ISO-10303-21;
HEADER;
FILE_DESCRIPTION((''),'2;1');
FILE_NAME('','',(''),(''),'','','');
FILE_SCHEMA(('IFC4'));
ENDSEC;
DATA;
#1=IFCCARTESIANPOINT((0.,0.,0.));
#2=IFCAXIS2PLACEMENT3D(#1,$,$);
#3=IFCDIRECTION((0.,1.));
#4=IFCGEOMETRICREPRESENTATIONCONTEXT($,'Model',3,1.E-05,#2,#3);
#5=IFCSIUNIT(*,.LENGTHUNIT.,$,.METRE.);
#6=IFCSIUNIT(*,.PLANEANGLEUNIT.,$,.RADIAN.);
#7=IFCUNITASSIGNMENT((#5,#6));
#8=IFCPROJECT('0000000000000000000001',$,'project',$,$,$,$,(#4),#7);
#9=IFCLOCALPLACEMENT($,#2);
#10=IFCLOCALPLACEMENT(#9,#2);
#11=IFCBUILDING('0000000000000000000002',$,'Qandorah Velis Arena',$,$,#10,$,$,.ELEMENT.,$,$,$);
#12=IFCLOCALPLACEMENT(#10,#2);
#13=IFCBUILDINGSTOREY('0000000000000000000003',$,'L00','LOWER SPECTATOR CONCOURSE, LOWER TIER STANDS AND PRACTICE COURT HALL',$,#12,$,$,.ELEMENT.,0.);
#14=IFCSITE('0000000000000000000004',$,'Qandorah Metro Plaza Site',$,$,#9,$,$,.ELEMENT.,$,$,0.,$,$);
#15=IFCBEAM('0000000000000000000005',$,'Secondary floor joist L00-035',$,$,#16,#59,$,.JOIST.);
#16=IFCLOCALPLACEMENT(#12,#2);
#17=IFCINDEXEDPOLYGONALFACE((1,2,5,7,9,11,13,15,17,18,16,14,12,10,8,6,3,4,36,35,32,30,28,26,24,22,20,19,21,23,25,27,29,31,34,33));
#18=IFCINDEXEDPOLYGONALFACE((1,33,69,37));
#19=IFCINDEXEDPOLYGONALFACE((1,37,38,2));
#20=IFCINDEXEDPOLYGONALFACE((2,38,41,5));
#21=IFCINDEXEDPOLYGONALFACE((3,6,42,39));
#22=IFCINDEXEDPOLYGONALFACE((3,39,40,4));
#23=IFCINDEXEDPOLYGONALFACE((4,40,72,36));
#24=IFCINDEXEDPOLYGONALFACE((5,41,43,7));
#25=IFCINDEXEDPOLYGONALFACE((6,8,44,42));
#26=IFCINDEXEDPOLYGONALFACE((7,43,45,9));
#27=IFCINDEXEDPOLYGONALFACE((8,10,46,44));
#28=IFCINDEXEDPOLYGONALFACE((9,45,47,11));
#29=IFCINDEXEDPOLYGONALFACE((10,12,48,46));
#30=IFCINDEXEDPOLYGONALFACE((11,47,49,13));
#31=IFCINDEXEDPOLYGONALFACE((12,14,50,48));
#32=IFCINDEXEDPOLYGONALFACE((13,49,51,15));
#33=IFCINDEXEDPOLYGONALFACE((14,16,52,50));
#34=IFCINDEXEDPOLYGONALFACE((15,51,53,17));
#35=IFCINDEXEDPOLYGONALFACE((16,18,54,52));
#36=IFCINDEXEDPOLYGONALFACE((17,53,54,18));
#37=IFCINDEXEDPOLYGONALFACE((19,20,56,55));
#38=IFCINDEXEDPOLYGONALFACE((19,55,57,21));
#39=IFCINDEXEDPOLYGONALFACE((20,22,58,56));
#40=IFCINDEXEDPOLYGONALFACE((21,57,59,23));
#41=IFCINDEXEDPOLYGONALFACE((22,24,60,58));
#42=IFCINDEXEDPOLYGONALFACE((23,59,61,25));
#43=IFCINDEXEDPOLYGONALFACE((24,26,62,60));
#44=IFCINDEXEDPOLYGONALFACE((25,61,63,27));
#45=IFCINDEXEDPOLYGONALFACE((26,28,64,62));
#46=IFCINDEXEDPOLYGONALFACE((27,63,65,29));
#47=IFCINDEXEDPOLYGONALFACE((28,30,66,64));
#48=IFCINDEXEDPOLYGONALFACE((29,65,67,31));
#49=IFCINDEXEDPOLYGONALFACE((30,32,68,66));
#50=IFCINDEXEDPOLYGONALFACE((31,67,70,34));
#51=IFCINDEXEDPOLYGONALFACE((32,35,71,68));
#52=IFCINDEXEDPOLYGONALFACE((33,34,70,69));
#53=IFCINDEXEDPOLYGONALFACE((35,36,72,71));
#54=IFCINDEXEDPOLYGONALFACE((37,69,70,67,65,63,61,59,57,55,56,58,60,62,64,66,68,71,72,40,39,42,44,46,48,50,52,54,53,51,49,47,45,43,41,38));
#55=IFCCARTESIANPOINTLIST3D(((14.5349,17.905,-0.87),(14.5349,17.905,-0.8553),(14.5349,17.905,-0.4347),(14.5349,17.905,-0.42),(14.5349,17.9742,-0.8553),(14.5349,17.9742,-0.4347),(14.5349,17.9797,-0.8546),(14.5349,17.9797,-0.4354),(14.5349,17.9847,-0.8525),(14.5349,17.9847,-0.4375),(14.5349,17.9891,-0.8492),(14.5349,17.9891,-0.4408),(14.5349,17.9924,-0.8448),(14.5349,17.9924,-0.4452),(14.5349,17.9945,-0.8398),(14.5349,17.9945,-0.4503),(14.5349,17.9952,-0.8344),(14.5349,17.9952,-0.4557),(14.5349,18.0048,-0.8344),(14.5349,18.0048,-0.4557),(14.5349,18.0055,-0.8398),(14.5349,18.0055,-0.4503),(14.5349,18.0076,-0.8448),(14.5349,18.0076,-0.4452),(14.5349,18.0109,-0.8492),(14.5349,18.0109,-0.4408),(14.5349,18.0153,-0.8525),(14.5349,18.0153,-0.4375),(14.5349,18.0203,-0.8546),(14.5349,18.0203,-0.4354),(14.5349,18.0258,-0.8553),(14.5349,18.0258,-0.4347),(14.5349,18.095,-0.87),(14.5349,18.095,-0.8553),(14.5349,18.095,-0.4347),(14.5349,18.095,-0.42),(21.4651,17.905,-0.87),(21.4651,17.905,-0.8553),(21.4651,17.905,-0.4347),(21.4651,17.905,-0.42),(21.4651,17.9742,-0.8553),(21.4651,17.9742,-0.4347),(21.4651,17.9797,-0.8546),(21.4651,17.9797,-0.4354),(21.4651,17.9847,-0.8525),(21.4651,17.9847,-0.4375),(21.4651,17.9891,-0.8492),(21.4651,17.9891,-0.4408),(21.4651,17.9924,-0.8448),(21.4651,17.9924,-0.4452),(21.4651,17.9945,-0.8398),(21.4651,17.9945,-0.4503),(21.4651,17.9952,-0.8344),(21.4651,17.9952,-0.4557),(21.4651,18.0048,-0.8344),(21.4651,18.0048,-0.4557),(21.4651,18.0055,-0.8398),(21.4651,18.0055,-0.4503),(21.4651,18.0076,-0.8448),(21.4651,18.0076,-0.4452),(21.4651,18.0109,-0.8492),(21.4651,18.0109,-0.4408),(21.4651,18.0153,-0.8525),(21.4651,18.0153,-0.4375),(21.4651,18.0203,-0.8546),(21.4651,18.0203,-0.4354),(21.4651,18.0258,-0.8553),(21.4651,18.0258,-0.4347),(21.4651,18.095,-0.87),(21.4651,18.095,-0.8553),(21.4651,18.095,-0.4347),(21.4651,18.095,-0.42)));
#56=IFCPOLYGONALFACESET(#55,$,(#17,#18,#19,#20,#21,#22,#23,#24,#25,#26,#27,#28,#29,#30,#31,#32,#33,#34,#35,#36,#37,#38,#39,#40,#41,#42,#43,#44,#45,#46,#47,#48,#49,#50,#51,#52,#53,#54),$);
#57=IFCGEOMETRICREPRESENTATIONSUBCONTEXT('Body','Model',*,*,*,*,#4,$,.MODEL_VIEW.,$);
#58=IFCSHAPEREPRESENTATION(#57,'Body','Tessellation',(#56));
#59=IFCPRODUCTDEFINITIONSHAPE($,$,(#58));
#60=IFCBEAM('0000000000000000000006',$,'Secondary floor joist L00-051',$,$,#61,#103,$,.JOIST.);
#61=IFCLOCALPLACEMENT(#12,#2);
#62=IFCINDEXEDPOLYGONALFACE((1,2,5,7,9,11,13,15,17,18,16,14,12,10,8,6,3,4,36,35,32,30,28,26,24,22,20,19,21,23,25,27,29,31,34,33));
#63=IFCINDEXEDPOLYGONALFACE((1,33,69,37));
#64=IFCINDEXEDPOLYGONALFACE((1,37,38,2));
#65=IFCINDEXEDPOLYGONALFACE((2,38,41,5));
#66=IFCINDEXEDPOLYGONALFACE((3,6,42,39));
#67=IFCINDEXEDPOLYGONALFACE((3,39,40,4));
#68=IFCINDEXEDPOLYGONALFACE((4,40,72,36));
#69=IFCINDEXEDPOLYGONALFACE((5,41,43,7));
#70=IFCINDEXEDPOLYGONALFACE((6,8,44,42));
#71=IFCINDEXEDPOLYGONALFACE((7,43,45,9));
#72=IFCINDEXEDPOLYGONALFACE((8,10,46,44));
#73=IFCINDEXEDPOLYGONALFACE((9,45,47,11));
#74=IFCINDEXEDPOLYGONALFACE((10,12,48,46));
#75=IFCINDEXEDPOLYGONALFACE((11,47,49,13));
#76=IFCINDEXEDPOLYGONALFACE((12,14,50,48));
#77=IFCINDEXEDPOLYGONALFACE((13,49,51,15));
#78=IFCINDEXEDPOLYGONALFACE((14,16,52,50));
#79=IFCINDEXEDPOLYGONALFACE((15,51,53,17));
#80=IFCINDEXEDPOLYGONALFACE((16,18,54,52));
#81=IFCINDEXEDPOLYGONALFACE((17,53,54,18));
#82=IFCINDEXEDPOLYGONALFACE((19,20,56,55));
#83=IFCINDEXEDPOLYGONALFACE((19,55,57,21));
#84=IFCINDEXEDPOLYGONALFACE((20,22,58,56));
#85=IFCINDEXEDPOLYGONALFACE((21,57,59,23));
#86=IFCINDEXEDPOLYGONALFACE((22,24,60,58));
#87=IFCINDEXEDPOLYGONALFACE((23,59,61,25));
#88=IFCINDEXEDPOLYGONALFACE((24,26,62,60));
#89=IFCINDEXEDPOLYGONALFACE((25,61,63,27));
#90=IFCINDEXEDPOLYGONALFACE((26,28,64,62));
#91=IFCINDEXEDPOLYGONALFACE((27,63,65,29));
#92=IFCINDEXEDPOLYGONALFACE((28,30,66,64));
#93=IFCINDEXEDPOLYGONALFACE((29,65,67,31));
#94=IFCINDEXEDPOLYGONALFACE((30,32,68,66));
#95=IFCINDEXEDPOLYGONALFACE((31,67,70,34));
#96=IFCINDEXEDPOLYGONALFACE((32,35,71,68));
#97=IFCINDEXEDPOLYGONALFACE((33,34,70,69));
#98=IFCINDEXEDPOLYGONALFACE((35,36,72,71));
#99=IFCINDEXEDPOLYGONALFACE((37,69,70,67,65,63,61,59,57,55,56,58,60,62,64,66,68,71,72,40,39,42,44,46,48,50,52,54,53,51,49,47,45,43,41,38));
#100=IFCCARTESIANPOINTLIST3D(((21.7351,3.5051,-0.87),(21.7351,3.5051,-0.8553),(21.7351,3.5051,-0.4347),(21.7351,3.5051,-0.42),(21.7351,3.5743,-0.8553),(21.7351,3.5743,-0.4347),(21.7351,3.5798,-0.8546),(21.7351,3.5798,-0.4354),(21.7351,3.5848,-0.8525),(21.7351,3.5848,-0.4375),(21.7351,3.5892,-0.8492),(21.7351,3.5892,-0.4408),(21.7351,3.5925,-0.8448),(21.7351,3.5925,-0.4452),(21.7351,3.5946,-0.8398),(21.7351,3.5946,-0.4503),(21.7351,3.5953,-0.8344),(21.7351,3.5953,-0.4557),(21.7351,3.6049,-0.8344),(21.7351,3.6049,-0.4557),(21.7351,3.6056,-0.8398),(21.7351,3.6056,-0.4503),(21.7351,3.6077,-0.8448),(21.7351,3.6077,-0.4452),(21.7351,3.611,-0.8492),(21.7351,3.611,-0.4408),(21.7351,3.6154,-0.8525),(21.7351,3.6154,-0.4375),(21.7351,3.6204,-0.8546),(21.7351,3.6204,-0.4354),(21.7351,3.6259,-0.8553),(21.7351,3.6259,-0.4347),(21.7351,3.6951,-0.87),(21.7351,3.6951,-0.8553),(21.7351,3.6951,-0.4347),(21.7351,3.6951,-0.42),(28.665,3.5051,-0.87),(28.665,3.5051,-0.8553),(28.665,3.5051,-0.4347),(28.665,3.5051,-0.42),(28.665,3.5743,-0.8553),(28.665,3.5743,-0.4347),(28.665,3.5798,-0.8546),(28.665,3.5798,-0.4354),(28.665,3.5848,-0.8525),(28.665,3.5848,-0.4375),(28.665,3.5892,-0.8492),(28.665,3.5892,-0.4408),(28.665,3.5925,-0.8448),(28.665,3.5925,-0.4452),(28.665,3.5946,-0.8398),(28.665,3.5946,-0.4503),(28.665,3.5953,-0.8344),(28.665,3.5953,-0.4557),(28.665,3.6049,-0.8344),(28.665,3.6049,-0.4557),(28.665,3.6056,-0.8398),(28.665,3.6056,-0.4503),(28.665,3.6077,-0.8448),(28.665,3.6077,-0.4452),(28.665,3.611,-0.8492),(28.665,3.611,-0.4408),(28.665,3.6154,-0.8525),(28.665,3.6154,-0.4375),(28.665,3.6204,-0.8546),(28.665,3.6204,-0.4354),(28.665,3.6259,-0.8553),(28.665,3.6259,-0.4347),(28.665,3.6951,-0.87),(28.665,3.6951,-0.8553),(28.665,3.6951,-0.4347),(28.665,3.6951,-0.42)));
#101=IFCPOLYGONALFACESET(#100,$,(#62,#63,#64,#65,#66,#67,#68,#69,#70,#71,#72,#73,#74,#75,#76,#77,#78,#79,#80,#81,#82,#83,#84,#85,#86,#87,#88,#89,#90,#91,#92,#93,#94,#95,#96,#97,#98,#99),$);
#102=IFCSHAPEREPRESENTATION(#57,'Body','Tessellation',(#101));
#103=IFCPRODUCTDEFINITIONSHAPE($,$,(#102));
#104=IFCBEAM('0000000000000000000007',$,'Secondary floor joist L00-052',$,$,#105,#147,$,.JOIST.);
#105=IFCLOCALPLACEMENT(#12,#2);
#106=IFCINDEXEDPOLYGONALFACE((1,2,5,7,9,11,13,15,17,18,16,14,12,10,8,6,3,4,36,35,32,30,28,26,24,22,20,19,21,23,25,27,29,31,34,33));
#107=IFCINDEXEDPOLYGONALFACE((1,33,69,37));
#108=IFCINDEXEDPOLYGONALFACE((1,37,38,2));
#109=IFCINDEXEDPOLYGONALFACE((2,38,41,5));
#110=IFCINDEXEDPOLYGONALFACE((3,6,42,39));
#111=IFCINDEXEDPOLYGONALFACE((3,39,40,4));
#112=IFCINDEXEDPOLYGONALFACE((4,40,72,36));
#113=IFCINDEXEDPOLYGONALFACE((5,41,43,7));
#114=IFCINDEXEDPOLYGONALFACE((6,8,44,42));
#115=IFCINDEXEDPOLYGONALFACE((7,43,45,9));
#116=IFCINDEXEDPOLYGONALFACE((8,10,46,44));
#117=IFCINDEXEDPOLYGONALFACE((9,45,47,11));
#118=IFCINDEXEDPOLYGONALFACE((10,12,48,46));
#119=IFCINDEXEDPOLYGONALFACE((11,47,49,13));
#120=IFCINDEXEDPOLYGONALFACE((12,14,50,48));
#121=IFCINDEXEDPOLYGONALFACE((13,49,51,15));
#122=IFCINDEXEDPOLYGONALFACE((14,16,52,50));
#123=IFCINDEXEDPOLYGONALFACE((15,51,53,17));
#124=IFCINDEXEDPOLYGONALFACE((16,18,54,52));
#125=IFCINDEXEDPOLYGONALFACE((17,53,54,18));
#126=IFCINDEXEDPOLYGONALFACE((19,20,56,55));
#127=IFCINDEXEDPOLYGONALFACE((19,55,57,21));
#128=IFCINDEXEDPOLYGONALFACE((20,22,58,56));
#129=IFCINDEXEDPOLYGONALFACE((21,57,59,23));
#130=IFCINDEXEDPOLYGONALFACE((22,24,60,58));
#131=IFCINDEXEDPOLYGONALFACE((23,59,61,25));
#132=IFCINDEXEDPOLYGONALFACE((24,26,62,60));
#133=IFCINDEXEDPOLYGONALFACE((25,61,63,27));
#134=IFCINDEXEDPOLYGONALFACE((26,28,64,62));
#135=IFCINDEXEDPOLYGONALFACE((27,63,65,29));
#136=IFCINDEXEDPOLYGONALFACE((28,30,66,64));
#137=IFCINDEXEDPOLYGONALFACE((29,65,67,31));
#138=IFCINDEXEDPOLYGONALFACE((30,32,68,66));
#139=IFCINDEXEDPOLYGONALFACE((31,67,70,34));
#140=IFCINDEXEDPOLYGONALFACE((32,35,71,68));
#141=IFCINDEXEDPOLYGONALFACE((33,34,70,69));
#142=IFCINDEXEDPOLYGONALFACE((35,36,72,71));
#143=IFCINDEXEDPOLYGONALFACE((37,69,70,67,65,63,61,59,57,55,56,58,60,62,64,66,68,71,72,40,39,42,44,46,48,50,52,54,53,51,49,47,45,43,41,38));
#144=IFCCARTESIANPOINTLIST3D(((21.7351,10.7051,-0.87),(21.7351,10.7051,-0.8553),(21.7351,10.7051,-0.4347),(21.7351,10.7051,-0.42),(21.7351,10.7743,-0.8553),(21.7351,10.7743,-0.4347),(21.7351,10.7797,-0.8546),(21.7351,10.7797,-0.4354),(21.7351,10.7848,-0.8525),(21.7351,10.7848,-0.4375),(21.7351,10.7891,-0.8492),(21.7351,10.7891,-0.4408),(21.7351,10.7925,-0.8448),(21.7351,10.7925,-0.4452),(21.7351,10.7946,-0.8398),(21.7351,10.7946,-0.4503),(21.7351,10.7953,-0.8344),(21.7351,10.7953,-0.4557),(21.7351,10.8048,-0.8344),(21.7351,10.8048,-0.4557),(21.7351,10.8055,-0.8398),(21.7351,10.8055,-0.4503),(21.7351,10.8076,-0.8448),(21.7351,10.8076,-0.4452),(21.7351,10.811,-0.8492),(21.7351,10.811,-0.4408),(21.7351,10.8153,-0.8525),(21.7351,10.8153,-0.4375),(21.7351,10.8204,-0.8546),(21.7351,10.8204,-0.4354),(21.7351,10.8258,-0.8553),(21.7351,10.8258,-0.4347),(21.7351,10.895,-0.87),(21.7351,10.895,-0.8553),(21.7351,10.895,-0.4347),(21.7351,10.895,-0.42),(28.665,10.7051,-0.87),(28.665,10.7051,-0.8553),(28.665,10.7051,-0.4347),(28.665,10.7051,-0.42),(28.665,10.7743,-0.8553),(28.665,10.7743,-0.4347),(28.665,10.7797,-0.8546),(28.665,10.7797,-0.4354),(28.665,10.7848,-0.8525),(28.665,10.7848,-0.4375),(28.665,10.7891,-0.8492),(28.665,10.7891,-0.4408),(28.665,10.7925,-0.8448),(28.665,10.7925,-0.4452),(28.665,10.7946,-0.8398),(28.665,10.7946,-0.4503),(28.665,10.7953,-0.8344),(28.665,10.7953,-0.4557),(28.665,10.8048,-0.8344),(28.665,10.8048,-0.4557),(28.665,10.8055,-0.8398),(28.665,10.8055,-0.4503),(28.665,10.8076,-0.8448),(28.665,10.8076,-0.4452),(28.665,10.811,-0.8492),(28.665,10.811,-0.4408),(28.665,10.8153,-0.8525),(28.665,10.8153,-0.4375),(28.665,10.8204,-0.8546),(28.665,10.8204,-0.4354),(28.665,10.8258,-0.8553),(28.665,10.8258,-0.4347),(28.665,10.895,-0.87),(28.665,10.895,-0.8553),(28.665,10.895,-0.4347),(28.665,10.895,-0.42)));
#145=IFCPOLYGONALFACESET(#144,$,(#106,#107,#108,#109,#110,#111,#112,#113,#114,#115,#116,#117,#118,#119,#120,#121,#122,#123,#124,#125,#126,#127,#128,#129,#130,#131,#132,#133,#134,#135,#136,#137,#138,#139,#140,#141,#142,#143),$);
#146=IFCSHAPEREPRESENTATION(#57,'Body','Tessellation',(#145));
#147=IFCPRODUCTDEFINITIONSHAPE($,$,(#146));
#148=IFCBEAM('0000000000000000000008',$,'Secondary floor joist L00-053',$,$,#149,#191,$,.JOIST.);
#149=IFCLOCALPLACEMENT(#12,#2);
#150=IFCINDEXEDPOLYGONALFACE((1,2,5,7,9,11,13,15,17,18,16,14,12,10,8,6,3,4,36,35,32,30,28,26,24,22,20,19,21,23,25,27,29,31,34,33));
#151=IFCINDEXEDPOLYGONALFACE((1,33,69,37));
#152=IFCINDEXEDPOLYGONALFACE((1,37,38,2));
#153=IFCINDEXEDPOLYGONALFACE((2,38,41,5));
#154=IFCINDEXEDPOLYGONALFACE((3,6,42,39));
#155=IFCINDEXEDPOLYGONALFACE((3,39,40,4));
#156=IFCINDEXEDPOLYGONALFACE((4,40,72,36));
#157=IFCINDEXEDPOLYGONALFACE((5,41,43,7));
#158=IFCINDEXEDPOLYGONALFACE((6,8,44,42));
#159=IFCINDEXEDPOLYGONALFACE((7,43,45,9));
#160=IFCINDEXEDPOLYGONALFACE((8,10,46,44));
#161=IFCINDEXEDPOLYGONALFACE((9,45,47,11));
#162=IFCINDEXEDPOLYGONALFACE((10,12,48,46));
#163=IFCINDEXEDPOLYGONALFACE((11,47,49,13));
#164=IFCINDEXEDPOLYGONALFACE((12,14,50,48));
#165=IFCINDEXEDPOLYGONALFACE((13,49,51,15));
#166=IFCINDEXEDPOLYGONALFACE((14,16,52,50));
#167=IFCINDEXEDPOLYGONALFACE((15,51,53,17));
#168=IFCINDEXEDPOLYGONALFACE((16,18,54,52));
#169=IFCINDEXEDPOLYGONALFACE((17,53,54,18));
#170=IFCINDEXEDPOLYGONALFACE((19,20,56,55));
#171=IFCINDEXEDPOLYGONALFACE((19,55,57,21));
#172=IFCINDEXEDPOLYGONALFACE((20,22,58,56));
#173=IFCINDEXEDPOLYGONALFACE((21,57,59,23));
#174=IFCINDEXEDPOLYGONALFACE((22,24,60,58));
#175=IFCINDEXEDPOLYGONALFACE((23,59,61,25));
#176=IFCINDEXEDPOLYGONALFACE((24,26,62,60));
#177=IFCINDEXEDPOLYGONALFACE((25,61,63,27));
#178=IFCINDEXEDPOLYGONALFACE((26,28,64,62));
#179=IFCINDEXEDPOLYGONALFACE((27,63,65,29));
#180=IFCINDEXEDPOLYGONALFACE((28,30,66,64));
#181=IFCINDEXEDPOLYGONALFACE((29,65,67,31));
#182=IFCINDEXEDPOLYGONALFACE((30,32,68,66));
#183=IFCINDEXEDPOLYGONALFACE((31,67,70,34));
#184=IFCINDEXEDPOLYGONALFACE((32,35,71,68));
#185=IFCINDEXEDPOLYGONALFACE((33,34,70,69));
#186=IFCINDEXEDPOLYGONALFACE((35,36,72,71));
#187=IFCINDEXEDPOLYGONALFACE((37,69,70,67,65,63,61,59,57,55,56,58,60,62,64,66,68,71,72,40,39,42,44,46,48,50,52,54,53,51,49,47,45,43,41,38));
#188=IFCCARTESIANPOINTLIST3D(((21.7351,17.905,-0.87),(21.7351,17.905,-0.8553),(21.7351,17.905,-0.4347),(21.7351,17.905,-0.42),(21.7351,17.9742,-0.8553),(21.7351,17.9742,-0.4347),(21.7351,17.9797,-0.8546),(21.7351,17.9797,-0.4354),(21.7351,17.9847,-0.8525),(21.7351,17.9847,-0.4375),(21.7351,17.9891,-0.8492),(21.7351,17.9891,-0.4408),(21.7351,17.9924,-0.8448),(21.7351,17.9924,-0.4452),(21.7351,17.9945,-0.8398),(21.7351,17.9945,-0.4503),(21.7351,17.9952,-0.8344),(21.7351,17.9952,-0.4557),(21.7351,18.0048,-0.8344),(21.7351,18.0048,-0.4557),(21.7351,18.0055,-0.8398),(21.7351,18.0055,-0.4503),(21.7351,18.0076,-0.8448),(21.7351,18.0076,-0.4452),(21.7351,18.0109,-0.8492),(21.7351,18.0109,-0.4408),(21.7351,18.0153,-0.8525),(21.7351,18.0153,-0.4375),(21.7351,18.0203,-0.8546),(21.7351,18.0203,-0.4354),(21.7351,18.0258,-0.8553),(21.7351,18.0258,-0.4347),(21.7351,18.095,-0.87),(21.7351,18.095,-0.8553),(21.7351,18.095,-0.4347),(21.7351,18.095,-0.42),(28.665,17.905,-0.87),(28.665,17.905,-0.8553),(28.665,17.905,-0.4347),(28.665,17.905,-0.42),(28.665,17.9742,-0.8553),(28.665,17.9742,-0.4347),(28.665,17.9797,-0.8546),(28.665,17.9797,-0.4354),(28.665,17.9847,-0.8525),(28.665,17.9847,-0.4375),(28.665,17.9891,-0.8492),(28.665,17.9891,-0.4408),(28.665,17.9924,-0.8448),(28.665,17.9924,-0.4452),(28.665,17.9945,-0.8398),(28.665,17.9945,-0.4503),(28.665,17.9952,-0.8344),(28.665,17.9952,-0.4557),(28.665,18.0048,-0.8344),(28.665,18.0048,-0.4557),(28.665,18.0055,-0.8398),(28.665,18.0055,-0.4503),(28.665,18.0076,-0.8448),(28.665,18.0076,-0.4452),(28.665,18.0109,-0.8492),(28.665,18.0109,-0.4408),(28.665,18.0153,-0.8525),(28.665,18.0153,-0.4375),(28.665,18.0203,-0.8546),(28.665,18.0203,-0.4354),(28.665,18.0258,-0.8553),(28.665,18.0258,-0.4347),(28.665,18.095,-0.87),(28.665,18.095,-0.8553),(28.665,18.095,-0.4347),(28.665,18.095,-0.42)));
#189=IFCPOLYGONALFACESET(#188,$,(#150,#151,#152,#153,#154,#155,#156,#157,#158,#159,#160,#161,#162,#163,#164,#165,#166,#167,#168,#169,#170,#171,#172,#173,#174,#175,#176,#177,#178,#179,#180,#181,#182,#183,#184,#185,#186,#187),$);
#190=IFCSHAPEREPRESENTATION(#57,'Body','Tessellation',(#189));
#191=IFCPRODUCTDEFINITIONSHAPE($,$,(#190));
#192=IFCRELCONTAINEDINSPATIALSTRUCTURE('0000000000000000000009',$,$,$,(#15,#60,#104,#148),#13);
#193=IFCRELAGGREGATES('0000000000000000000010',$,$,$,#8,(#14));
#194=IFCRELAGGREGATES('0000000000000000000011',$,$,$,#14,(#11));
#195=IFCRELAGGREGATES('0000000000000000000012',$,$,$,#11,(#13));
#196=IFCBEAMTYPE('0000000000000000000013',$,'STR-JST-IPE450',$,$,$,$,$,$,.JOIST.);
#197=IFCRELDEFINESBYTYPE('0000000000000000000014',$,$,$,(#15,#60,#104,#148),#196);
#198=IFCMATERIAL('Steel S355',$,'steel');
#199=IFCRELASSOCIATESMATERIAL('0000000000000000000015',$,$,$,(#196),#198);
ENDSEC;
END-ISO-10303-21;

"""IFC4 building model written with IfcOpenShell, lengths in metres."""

from ifc_helpers import new_model, si_unit, direction, frame, origin, origin_2d, place, context, subcontext, project, spatial, i_section, extrude, material, material_profile, profile_set, type_object, element, save


model = new_model("IFC4")

# Units and contexts
model_context = context("Model", 3, precision=1e-05, world=origin(), true_north=direction((0.0, 1.0)))
body_context = subcontext(model_context, "Body", "Model", "MODEL_VIEW")
ifc_project = project(units=[si_unit("LENGTHUNIT", "METRE"), si_unit("PLANEANGLEUNIT", "RADIAN")], contexts=[model_context])

# Site, building, storey
site_placement = place(None, origin())
site = spatial("IfcSite", under=ifc_project, at=site_placement, Name="Qandorah Metro Plaza Site", CompositionType="ELEMENT", RefElevation=0.0)
building_placement = place(site_placement, origin())
building = spatial("IfcBuilding", under=site, at=building_placement, Name="Qandorah Velis Arena", CompositionType="ELEMENT")
storey_placement = place(building_placement, origin())
storey = spatial("IfcBuildingStorey", under=building, at=storey_placement, Name="L00", Description="LOWER SPECTATOR CONCOURSE, LOWER TIER STANDS AND PRACTICE COURT HALL", CompositionType="ELEMENT", Elevation=0.0)

# Beams
ifc_material_1 = material(Name="Steel S355", Category="steel")
ifc_material_profile_1 = material_profile(ifc_material_1, i_section(OverallWidth=0.1899, OverallDepth=0.45, WebThickness=0.0095, FlangeThickness=0.0146, FilletRadius=0.021, at=origin_2d()), Name="IPE 450")
ifc_profile_set_1 = profile_set([ifc_material_profile_1], Name="Steel S355")
beam_type_1 = type_object("IfcBeamType", Name="STR-JST-IPE450", PredefinedType="JOIST", material=ifc_profile_set_1)
for number, where, z_axis, x_axis, name in (
    (1, (14.5349, 18.0, -0.645), (1.0, 0.0, 0.0), (0.0, 1.0, 0.0), "Secondary floor joist L00-035"),
):
    element("IfcBeam", number, at=place(storey_placement, frame(where, z_axis=z_axis, x_axis=x_axis)), inside=storey, type_object=beam_type_1, Name=name, PredefinedType="JOIST", context=body_context, shape_type="SweptSolid", body=[
        extrude(i_section(OverallWidth=0.1899, OverallDepth=0.45, WebThickness=0.0095, FlangeThickness=0.0146, FilletRadius=0.021, at=origin_2d()), origin(), (0.0, 0.0, 1.0), 6.9302),
    ])
for number, where, z_axis, x_axis, name in (
    (2, (21.7351, 3.6001, -0.645), (1.0, 0.0, 0.0), (0.0, 1.0, 0.0), "Secondary floor joist L00-051"),
    (3, (21.7351, 10.8, -0.645), (1.0, 0.0, 0.0), (0.0, 1.0, 0.0), "Secondary floor joist L00-052"),
    (4, (21.7351, 18.0, -0.645), (1.0, 0.0, 0.0), (0.0, 1.0, 0.0), "Secondary floor joist L00-053"),
):
    element("IfcBeam", number, at=place(storey_placement, frame(where, z_axis=z_axis, x_axis=x_axis)), inside=storey, type_object=beam_type_1, Name=name, PredefinedType="JOIST", context=body_context, shape_type="SweptSolid", body=[
        extrude(i_section(OverallWidth=0.1899, OverallDepth=0.45, WebThickness=0.0095, FlangeThickness=0.0146, FilletRadius=0.021, at=origin_2d()), origin(), (0.0, 0.0, 1.0), 6.9299),
    ])

save(model, "model.ifc")
